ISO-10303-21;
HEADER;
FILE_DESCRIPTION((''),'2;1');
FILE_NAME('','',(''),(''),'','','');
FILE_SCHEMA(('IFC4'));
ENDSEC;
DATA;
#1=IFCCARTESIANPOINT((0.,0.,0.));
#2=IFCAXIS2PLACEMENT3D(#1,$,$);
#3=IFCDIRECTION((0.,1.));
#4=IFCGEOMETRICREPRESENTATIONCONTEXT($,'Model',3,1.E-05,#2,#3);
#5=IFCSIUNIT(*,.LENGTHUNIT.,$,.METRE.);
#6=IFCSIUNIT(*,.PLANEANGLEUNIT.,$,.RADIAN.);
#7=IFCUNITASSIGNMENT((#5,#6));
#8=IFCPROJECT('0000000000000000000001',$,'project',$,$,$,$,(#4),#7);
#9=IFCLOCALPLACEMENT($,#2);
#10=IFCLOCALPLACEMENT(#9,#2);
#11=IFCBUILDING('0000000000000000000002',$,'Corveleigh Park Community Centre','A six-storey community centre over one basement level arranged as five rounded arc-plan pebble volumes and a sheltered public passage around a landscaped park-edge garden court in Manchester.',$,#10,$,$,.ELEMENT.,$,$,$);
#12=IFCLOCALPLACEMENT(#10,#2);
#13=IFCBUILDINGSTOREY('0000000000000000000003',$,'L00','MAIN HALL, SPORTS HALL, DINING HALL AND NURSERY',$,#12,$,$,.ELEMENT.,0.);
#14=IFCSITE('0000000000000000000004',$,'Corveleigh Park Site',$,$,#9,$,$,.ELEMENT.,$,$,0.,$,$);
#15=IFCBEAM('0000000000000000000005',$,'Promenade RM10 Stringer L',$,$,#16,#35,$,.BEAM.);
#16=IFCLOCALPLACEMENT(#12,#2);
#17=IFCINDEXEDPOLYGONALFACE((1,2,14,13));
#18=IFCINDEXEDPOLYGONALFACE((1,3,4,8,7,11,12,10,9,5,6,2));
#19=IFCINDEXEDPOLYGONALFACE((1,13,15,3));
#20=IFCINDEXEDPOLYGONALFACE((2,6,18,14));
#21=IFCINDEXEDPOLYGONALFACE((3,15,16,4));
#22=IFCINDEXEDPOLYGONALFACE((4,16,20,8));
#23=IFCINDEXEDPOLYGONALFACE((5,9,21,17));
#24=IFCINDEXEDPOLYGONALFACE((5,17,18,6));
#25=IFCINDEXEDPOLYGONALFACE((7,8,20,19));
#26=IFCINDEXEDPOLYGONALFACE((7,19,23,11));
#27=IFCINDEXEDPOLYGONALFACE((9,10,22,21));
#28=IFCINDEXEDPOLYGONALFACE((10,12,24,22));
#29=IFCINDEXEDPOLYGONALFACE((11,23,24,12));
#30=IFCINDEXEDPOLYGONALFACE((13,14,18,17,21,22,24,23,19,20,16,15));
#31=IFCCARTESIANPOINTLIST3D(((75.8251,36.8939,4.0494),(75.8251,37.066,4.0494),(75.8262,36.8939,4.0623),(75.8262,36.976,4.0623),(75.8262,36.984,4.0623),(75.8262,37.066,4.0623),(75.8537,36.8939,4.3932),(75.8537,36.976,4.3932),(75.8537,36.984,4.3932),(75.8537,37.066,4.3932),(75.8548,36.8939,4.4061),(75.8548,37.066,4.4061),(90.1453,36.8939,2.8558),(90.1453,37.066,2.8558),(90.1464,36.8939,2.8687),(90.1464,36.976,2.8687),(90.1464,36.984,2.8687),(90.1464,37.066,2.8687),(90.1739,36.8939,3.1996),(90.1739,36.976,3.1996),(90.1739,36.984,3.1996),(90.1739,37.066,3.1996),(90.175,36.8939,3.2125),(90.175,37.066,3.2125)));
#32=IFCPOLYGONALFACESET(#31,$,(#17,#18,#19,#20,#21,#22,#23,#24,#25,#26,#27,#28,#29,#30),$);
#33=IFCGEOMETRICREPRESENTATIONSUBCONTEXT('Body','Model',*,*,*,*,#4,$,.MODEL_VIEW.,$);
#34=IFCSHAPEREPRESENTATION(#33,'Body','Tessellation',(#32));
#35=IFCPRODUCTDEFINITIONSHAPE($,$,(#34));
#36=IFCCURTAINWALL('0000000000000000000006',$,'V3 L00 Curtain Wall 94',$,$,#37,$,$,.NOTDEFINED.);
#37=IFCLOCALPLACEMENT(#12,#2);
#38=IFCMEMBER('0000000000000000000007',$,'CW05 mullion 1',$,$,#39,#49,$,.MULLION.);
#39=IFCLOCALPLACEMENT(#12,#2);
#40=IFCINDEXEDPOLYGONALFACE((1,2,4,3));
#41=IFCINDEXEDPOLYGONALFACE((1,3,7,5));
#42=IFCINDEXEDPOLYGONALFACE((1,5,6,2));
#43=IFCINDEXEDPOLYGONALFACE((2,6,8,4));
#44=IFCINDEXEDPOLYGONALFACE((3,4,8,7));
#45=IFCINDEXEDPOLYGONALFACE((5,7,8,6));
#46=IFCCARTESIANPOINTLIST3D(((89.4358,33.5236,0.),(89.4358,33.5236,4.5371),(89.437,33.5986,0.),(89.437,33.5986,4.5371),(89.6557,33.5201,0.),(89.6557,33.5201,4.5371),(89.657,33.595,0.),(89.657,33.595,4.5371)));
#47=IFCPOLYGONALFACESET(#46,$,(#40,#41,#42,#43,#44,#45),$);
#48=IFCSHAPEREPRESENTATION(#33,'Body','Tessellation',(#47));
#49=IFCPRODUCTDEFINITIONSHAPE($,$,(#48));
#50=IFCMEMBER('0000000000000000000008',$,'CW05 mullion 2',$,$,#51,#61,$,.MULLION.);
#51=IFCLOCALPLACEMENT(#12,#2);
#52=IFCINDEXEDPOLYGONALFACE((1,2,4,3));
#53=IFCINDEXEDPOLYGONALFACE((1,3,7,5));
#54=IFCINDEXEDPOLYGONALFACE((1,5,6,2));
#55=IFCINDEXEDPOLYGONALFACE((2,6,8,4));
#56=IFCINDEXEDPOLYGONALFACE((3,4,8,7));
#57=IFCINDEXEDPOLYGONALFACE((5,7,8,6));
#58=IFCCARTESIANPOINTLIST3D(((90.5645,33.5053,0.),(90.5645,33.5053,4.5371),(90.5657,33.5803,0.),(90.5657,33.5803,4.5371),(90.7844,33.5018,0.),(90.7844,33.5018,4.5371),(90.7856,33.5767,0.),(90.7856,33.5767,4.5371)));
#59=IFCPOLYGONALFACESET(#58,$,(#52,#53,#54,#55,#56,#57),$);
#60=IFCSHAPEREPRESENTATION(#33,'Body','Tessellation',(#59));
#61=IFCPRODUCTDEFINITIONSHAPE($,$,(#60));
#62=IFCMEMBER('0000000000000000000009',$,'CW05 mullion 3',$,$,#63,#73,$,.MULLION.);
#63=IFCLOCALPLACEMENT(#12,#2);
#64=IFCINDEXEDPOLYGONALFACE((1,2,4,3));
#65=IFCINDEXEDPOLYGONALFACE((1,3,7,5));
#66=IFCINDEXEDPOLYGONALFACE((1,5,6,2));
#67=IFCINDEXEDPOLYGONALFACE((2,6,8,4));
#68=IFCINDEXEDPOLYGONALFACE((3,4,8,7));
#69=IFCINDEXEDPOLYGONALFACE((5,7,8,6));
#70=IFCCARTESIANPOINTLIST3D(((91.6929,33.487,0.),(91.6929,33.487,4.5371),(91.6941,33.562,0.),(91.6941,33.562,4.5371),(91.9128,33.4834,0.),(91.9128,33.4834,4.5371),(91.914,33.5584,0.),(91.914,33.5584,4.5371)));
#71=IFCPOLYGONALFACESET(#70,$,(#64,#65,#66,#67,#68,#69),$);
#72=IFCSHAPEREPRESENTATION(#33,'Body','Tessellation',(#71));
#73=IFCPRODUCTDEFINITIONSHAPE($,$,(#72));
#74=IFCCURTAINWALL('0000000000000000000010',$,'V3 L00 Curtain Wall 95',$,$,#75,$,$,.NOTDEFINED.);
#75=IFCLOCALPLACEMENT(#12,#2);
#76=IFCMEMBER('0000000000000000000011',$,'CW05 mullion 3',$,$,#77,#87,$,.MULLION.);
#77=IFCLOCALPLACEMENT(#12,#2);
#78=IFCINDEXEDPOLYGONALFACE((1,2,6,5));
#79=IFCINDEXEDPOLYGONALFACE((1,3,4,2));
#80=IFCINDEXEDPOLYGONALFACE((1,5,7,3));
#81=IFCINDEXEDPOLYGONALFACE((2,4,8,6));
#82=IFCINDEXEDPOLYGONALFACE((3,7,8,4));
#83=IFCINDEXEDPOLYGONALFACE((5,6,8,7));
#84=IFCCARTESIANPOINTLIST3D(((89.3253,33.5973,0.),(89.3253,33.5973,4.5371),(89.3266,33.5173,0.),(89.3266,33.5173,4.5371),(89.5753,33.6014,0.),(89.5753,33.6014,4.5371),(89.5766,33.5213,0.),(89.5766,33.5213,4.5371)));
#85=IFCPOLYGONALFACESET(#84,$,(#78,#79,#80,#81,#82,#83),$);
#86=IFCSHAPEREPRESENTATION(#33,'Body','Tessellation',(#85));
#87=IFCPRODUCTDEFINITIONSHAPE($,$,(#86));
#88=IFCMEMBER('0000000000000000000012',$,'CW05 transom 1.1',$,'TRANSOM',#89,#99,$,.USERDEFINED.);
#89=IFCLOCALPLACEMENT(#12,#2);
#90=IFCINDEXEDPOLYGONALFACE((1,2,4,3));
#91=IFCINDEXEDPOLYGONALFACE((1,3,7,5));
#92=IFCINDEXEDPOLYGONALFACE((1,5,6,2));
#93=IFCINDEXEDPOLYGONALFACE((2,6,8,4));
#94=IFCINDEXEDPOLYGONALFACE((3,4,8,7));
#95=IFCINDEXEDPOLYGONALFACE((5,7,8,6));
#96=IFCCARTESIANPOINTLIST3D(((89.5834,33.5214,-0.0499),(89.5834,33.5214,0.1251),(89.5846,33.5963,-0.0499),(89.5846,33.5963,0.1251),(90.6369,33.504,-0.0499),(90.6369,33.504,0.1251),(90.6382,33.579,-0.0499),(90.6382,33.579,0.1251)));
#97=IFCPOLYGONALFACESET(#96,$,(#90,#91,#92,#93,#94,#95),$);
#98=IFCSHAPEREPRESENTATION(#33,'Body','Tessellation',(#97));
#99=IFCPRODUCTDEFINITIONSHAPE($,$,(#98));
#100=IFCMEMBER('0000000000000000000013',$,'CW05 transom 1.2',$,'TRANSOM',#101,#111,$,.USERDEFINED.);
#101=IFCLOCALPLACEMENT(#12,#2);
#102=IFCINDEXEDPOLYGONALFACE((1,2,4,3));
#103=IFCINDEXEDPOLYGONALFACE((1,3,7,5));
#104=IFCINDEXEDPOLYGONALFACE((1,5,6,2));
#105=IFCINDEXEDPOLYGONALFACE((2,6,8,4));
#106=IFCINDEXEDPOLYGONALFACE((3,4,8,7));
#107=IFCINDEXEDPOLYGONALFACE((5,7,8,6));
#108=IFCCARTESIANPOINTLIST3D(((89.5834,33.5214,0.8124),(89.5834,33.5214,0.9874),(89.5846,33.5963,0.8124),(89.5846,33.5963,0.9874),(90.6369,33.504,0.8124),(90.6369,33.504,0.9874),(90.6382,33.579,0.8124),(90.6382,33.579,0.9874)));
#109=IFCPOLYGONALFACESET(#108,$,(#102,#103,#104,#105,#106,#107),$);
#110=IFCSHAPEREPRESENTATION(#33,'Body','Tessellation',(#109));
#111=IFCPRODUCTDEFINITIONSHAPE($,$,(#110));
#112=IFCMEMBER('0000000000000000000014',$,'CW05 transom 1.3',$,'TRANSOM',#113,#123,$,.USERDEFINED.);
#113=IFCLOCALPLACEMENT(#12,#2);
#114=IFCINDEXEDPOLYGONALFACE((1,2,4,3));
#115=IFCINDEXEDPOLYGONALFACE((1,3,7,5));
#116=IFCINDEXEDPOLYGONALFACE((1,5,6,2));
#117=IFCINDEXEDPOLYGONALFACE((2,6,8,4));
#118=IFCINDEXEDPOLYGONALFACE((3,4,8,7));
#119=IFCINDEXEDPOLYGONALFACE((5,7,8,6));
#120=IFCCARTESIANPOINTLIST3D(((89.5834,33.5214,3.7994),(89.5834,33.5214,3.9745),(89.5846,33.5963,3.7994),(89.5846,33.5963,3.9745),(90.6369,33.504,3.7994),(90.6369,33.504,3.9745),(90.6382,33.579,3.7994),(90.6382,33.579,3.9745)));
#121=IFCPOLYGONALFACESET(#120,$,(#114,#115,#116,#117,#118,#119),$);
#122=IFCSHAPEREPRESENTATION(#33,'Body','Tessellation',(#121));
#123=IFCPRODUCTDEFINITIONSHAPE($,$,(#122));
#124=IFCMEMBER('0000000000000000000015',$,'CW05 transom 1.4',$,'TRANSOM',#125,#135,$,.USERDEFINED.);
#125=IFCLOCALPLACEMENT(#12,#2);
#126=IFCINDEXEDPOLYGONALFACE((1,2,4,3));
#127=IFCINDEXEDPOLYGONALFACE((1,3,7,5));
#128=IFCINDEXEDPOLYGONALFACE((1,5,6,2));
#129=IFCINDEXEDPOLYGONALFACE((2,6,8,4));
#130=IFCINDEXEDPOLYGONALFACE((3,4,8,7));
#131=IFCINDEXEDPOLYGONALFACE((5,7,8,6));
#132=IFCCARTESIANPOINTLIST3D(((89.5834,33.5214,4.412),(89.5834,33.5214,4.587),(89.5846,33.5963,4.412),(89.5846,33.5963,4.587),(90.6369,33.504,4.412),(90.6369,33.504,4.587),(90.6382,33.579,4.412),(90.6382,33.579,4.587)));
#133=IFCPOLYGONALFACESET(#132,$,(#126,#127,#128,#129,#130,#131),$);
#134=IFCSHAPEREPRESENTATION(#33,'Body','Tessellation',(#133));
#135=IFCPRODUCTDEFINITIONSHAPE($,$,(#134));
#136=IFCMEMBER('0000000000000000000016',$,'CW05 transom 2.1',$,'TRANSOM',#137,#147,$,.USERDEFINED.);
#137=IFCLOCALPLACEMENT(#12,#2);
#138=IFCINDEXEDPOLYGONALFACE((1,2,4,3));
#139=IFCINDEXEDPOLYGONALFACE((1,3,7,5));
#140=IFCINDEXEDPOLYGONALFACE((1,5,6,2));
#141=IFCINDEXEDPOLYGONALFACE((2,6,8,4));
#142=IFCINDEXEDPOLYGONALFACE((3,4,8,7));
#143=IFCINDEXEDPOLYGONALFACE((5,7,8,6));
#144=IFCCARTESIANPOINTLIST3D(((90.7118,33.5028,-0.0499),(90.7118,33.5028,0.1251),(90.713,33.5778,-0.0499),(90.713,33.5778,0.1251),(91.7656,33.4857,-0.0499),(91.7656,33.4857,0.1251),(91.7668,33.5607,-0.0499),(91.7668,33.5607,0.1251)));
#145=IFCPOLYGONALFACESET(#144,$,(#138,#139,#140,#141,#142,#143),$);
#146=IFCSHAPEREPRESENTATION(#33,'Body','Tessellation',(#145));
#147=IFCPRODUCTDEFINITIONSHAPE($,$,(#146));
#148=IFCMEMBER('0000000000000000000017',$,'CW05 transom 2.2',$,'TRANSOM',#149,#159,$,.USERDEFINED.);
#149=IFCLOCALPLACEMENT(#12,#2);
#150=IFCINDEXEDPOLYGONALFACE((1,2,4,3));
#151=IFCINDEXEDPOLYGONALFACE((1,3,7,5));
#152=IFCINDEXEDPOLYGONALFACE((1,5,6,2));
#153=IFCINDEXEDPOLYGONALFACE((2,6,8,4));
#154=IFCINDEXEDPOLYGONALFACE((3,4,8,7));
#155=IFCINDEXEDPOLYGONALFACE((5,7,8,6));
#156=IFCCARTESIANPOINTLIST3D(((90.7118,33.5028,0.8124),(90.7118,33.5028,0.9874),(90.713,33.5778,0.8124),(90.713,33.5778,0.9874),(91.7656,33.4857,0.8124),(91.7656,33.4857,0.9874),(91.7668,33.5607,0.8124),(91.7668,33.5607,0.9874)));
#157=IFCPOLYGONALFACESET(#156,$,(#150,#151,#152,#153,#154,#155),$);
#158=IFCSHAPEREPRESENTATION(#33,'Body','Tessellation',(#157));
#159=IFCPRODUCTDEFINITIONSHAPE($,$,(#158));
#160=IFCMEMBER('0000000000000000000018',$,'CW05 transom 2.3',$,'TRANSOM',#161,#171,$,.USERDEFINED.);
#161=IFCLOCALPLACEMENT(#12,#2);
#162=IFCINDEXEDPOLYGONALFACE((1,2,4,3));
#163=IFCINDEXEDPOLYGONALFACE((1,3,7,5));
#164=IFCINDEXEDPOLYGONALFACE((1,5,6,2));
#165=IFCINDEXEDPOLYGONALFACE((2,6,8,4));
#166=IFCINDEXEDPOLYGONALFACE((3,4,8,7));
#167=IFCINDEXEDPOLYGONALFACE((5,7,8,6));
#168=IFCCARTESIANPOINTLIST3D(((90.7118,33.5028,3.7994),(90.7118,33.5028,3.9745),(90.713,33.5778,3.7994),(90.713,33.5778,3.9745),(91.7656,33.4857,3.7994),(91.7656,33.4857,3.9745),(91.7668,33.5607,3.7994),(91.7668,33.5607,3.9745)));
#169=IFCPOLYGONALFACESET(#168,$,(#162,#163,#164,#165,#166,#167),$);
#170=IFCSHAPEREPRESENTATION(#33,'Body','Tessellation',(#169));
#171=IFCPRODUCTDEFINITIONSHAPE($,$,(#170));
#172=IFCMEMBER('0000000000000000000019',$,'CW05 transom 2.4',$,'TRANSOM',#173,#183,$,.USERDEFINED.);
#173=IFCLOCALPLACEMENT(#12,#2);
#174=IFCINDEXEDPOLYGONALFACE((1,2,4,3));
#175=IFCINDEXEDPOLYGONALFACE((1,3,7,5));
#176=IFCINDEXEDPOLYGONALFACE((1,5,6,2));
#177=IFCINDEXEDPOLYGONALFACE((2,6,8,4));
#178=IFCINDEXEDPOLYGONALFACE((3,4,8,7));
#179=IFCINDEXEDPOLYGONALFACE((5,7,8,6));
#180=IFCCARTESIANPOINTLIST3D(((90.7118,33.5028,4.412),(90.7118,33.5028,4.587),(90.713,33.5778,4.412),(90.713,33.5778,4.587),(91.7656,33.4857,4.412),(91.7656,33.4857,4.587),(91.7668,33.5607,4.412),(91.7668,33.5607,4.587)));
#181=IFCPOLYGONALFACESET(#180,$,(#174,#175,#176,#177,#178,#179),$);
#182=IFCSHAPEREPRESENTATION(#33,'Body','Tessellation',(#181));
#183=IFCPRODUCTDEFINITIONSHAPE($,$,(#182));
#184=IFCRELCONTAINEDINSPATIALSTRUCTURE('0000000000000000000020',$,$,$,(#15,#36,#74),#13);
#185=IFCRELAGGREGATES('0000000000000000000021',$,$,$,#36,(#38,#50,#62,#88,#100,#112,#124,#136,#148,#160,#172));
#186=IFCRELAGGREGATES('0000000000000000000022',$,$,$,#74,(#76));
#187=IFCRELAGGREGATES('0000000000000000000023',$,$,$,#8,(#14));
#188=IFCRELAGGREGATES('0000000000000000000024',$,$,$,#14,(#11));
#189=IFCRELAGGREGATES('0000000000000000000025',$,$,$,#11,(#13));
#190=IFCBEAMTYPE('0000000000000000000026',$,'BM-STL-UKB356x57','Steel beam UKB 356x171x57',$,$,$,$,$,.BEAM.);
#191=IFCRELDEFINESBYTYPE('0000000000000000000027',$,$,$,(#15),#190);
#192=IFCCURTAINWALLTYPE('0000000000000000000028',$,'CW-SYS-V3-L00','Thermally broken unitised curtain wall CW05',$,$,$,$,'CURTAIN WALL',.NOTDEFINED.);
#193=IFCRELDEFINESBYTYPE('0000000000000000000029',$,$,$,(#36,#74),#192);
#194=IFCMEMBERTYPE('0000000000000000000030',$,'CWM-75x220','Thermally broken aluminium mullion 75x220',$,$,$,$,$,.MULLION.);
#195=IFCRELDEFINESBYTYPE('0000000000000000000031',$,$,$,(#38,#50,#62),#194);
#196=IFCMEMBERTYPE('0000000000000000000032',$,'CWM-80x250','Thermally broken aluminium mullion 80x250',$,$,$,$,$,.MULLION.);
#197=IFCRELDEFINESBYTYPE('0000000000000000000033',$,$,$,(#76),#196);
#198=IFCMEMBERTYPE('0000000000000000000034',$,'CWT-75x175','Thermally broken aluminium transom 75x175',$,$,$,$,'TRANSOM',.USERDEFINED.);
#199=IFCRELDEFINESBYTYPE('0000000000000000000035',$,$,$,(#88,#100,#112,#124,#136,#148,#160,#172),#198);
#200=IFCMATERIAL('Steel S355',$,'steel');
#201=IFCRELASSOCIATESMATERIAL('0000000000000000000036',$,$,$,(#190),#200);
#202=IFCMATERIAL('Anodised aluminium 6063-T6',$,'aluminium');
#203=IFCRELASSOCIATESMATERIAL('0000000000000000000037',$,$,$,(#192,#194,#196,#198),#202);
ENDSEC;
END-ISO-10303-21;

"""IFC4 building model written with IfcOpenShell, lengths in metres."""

from ifc_helpers import new_model, si_unit, direction, frame, origin, origin_2d, place, context, subcontext, project, spatial, rectangle, i_section, extrude, material, material_profile, profile_set, type_object, element, aggregate, save


model = new_model("IFC4")

# Units and contexts
model_context = context("Model", 3, precision=1e-05, world=origin(), true_north=direction((0.0, 1.0)))
body_context = subcontext(model_context, "Body", "Model", "MODEL_VIEW")
ifc_project = project(units=[si_unit("LENGTHUNIT", "METRE"), si_unit("PLANEANGLEUNIT", "RADIAN")], contexts=[model_context])

# Site, building, storey
site_placement = place(None, origin())
site = spatial("IfcSite", under=ifc_project, at=site_placement, Name="Corveleigh Park Site", CompositionType="ELEMENT", RefElevation=0.0)
building_placement = place(site_placement, origin())
building = spatial("IfcBuilding", under=site, at=building_placement, Name="Corveleigh Park Community Centre", Description="A six-storey community centre over one basement level arranged as five rounded arc-plan pebble volumes and a sheltered public passage around a landscaped park-edge garden court in Manchester.", CompositionType="ELEMENT")
storey_placement = place(building_placement, origin())
storey = spatial("IfcBuildingStorey", under=building, at=storey_placement, Name="L00", Description="MAIN HALL, SPORTS HALL, DINING HALL AND NURSERY", CompositionType="ELEMENT", Elevation=0.0)

# Beam
ifc_material_1 = material(Name="Steel S355", Category="steel")
ifc_material_profile_1 = material_profile(ifc_material_1, i_section(OverallWidth=0.1721, OverallDepth=0.3579, WebThickness=0.0081, FlangeThickness=0.0129, at=origin_2d()), Name="UKB 356x171x57", Category="steel")
ifc_profile_set_1 = profile_set([ifc_material_profile_1], Name="Steel S355")
beam_type = type_object("IfcBeamType", Name="BM-STL-UKB356x57", Description="Steel beam UKB 356x171x57", PredefinedType="BEAM", material=ifc_profile_set_1)
beam_placement = place(storey_placement, frame((90.1602, 36.98, 3.0342), z_axis=(-0.996544, 0.0, 0.083062), x_axis=(0.0, -1.0, 0.0)))
element("IfcBeam", 1, at=beam_placement, inside=storey, type_object=beam_type, Name="Promenade RM10 Stringer L", PredefinedType="BEAM", context=body_context, shape_type="SweptSolid", body=[
    extrude(i_section(OverallWidth=0.1721, OverallDepth=0.3579, WebThickness=0.0081, FlangeThickness=0.0129, at=origin_2d()), origin(), (0.0, 0.0, 1.0), 14.3699),
])

# Curtain wall, members
ifc_material_2 = material(Name="Anodised aluminium 6063-T6", Category="aluminium")
curtain_wall_type = type_object("IfcCurtainWallType", Name="CW-SYS-V3-L00", Description="Thermally broken unitised curtain wall CW05", ElementType="CURTAIN WALL", PredefinedType="NOTDEFINED", material=ifc_material_2)
curtain_wall_1_placement = place(storey_placement, origin())
curtain_wall_1 = element("IfcCurtainWall", 2, at=curtain_wall_1_placement, inside=storey, type_object=curtain_wall_type, Name="V3 L00 Curtain Wall 94", PredefinedType="NOTDEFINED")
ifc_material_profile_2 = material_profile(ifc_material_2, rectangle(XDim=0.075, YDim=0.22, at=origin_2d()), Name="ALU-M75x220", Category="aluminium")
ifc_profile_set_2 = profile_set([ifc_material_profile_2], Name="Anodised aluminium 6063-T6")
member_type_1 = type_object("IfcMemberType", Name="CWM-75x220", Description="Thermally broken aluminium mullion 75x220", PredefinedType="MULLION", material=ifc_profile_set_2)
member_1_placement = place(storey_placement, frame((89.5464, 33.5593, 0.0), z_axis=(0.0, 0.0, 1.0), x_axis=(0.016293, 0.999867, 0.0)))
member_1 = element("IfcMember", 3, at=member_1_placement, type_object=member_type_1, Name="CW05 mullion 1", PredefinedType="MULLION", context=body_context, shape_type="SweptSolid", body=[
    extrude(rectangle(XDim=0.075, YDim=0.22, at=origin_2d()), origin(), (0.0, 0.0, 1.0), 4.5371),
])
member_2_placement = place(storey_placement, frame((90.675, 33.541, 0.0), z_axis=(0.0, 0.0, 1.0), x_axis=(0.016293, 0.999867, 0.0)))
member_2 = element("IfcMember", 4, at=member_2_placement, type_object=member_type_1, Name="CW05 mullion 2", PredefinedType="MULLION", context=body_context, shape_type="SweptSolid", body=[
    extrude(rectangle(XDim=0.075, YDim=0.22, at=origin_2d()), origin(), (0.0, 0.0, 1.0), 4.5371),
])
member_3_placement = place(storey_placement, frame((91.8035, 33.5227, 0.0), z_axis=(0.0, 0.0, 1.0), x_axis=(0.016293, 0.999867, 0.0)))
member_3 = element("IfcMember", 5, at=member_3_placement, type_object=member_type_1, Name="CW05 mullion 3", PredefinedType="MULLION", context=body_context, shape_type="SweptSolid", body=[
    extrude(rectangle(XDim=0.075, YDim=0.22, at=origin_2d()), origin(), (0.0, 0.0, 1.0), 4.5371),
])

# Curtain wall, member
curtain_wall_2_placement = place(storey_placement, origin())
curtain_wall_2 = element("IfcCurtainWall", 6, at=curtain_wall_2_placement, inside=storey, type_object=curtain_wall_type, Name="V3 L00 Curtain Wall 95", PredefinedType="NOTDEFINED")
ifc_material_profile_3 = material_profile(ifc_material_2, rectangle(XDim=0.0801, YDim=0.25, at=origin_2d()), Name="ALU-M80x250", Category="aluminium")
ifc_profile_set_3 = profile_set([ifc_material_profile_3], Name="Anodised aluminium 6063-T6")
member_type_2 = type_object("IfcMemberType", Name="CWM-80x250", Description="Thermally broken aluminium mullion 80x250", PredefinedType="MULLION", material=ifc_profile_set_3)
member_4_placement = place(storey_placement, frame((89.4509, 33.5593, 0.0), z_axis=(0.0, 0.0, 1.0), x_axis=(-0.016293, 0.999867, 0.0)))
member_4 = element("IfcMember", 7, at=member_4_placement, type_object=member_type_2, Name="CW05 mullion 3", PredefinedType="MULLION", context=body_context, shape_type="SweptSolid", body=[
    extrude(rectangle(XDim=0.0801, YDim=0.25, at=origin_2d()), origin(), (0.0, 0.0, 1.0), 4.5371),
])

# Members
ifc_material_profile_4 = material_profile(ifc_material_2, rectangle(XDim=0.075, YDim=0.175, at=origin_2d()), Name="ALU-T75x175", Category="aluminium")
ifc_profile_set_4 = profile_set([ifc_material_profile_4], Name="Anodised aluminium 6063-T6")
member_type_3 = type_object("IfcMemberType", Name="CWT-75x175", Description="Thermally broken aluminium transom 75x175", ElementType="TRANSOM", PredefinedType="USERDEFINED", material=ifc_profile_set_4)
member_5_placement = place(storey_placement, frame((89.584, 33.5588, 0.0376), z_axis=(0.999865, -0.016452, 0.0), x_axis=(0.016452, 0.999865, 0.0)))
member_5 = element("IfcMember", 8, at=member_5_placement, type_object=member_type_3, Name="CW05 transom 1.1", ObjectType="TRANSOM", PredefinedType="USERDEFINED", context=body_context, shape_type="SweptSolid", body=[
    extrude(rectangle(XDim=0.075, YDim=0.175, at=origin_2d()), origin(), (0.0, 0.0, 1.0), 1.0537),
])
member_6_placement = place(storey_placement, frame((89.584, 33.5588, 0.8999), z_axis=(0.999865, -0.016452, 0.0), x_axis=(0.016452, 0.999865, 0.0)))
member_6 = element("IfcMember", 9, at=member_6_placement, type_object=member_type_3, Name="CW05 transom 1.2", ObjectType="TRANSOM", PredefinedType="USERDEFINED", context=body_context, shape_type="SweptSolid", body=[
    extrude(rectangle(XDim=0.075, YDim=0.175, at=origin_2d()), origin(), (0.0, 0.0, 1.0), 1.0537),
])
member_7_placement = place(storey_placement, frame((89.584, 33.5588, 3.887), z_axis=(0.999865, -0.016452, 0.0), x_axis=(0.016452, 0.999865, 0.0)))
member_7 = element("IfcMember", 10, at=member_7_placement, type_object=member_type_3, Name="CW05 transom 1.3", ObjectType="TRANSOM", PredefinedType="USERDEFINED", context=body_context, shape_type="SweptSolid", body=[
    extrude(rectangle(XDim=0.075, YDim=0.175, at=origin_2d()), origin(), (0.0, 0.0, 1.0), 1.0537),
])
member_8_placement = place(storey_placement, frame((89.584, 33.5588, 4.4995), z_axis=(0.999865, -0.016452, 0.0), x_axis=(0.016452, 0.999865, 0.0)))
member_8 = element("IfcMember", 11, at=member_8_placement, type_object=member_type_3, Name="CW05 transom 1.4", ObjectType="TRANSOM", PredefinedType="USERDEFINED", context=body_context, shape_type="SweptSolid", body=[
    extrude(rectangle(XDim=0.075, YDim=0.175, at=origin_2d()), origin(), (0.0, 0.0, 1.0), 1.0537),
])
member_9_placement = place(storey_placement, frame((90.7124, 33.5403, 0.0376), z_axis=(0.999869, -0.016217, 0.0), x_axis=(0.016217, 0.999869, 0.0)))
member_9 = element("IfcMember", 12, at=member_9_placement, type_object=member_type_3, Name="CW05 transom 2.1", ObjectType="TRANSOM", PredefinedType="USERDEFINED", context=body_context, shape_type="SweptSolid", body=[
    extrude(rectangle(XDim=0.075, YDim=0.175, at=origin_2d()), origin(), (0.0, 0.0, 1.0), 1.054),
])
member_10_placement = place(storey_placement, frame((90.7124, 33.5403, 0.8999), z_axis=(0.999869, -0.016217, 0.0), x_axis=(0.016217, 0.999869, 0.0)))
member_10 = element("IfcMember", 13, at=member_10_placement, type_object=member_type_3, Name="CW05 transom 2.2", ObjectType="TRANSOM", PredefinedType="USERDEFINED", context=body_context, shape_type="SweptSolid", body=[
    extrude(rectangle(XDim=0.075, YDim=0.175, at=origin_2d()), origin(), (0.0, 0.0, 1.0), 1.054),
])
member_11_placement = place(storey_placement, frame((90.7124, 33.5403, 3.887), z_axis=(0.999869, -0.016217, 0.0), x_axis=(0.016217, 0.999869, 0.0)))
member_11 = element("IfcMember", 14, at=member_11_placement, type_object=member_type_3, Name="CW05 transom 2.3", ObjectType="TRANSOM", PredefinedType="USERDEFINED", context=body_context, shape_type="SweptSolid", body=[
    extrude(rectangle(XDim=0.075, YDim=0.175, at=origin_2d()), origin(), (0.0, 0.0, 1.0), 1.054),
])
member_12_placement = place(storey_placement, frame((90.7124, 33.5403, 4.4995), z_axis=(0.999869, -0.016217, 0.0), x_axis=(0.016217, 0.999869, 0.0)))
member_12 = element("IfcMember", 15, at=member_12_placement, type_object=member_type_3, Name="CW05 transom 2.4", ObjectType="TRANSOM", PredefinedType="USERDEFINED", context=body_context, shape_type="SweptSolid", body=[
    extrude(rectangle(XDim=0.075, YDim=0.175, at=origin_2d()), origin(), (0.0, 0.0, 1.0), 1.054),
])

aggregate(curtain_wall_1, [member_1, member_2, member_3, member_5, member_6, member_7, member_8, member_9, member_10, member_11, member_12])
aggregate(curtain_wall_2, [member_4])

save(model, "model.ifc")
